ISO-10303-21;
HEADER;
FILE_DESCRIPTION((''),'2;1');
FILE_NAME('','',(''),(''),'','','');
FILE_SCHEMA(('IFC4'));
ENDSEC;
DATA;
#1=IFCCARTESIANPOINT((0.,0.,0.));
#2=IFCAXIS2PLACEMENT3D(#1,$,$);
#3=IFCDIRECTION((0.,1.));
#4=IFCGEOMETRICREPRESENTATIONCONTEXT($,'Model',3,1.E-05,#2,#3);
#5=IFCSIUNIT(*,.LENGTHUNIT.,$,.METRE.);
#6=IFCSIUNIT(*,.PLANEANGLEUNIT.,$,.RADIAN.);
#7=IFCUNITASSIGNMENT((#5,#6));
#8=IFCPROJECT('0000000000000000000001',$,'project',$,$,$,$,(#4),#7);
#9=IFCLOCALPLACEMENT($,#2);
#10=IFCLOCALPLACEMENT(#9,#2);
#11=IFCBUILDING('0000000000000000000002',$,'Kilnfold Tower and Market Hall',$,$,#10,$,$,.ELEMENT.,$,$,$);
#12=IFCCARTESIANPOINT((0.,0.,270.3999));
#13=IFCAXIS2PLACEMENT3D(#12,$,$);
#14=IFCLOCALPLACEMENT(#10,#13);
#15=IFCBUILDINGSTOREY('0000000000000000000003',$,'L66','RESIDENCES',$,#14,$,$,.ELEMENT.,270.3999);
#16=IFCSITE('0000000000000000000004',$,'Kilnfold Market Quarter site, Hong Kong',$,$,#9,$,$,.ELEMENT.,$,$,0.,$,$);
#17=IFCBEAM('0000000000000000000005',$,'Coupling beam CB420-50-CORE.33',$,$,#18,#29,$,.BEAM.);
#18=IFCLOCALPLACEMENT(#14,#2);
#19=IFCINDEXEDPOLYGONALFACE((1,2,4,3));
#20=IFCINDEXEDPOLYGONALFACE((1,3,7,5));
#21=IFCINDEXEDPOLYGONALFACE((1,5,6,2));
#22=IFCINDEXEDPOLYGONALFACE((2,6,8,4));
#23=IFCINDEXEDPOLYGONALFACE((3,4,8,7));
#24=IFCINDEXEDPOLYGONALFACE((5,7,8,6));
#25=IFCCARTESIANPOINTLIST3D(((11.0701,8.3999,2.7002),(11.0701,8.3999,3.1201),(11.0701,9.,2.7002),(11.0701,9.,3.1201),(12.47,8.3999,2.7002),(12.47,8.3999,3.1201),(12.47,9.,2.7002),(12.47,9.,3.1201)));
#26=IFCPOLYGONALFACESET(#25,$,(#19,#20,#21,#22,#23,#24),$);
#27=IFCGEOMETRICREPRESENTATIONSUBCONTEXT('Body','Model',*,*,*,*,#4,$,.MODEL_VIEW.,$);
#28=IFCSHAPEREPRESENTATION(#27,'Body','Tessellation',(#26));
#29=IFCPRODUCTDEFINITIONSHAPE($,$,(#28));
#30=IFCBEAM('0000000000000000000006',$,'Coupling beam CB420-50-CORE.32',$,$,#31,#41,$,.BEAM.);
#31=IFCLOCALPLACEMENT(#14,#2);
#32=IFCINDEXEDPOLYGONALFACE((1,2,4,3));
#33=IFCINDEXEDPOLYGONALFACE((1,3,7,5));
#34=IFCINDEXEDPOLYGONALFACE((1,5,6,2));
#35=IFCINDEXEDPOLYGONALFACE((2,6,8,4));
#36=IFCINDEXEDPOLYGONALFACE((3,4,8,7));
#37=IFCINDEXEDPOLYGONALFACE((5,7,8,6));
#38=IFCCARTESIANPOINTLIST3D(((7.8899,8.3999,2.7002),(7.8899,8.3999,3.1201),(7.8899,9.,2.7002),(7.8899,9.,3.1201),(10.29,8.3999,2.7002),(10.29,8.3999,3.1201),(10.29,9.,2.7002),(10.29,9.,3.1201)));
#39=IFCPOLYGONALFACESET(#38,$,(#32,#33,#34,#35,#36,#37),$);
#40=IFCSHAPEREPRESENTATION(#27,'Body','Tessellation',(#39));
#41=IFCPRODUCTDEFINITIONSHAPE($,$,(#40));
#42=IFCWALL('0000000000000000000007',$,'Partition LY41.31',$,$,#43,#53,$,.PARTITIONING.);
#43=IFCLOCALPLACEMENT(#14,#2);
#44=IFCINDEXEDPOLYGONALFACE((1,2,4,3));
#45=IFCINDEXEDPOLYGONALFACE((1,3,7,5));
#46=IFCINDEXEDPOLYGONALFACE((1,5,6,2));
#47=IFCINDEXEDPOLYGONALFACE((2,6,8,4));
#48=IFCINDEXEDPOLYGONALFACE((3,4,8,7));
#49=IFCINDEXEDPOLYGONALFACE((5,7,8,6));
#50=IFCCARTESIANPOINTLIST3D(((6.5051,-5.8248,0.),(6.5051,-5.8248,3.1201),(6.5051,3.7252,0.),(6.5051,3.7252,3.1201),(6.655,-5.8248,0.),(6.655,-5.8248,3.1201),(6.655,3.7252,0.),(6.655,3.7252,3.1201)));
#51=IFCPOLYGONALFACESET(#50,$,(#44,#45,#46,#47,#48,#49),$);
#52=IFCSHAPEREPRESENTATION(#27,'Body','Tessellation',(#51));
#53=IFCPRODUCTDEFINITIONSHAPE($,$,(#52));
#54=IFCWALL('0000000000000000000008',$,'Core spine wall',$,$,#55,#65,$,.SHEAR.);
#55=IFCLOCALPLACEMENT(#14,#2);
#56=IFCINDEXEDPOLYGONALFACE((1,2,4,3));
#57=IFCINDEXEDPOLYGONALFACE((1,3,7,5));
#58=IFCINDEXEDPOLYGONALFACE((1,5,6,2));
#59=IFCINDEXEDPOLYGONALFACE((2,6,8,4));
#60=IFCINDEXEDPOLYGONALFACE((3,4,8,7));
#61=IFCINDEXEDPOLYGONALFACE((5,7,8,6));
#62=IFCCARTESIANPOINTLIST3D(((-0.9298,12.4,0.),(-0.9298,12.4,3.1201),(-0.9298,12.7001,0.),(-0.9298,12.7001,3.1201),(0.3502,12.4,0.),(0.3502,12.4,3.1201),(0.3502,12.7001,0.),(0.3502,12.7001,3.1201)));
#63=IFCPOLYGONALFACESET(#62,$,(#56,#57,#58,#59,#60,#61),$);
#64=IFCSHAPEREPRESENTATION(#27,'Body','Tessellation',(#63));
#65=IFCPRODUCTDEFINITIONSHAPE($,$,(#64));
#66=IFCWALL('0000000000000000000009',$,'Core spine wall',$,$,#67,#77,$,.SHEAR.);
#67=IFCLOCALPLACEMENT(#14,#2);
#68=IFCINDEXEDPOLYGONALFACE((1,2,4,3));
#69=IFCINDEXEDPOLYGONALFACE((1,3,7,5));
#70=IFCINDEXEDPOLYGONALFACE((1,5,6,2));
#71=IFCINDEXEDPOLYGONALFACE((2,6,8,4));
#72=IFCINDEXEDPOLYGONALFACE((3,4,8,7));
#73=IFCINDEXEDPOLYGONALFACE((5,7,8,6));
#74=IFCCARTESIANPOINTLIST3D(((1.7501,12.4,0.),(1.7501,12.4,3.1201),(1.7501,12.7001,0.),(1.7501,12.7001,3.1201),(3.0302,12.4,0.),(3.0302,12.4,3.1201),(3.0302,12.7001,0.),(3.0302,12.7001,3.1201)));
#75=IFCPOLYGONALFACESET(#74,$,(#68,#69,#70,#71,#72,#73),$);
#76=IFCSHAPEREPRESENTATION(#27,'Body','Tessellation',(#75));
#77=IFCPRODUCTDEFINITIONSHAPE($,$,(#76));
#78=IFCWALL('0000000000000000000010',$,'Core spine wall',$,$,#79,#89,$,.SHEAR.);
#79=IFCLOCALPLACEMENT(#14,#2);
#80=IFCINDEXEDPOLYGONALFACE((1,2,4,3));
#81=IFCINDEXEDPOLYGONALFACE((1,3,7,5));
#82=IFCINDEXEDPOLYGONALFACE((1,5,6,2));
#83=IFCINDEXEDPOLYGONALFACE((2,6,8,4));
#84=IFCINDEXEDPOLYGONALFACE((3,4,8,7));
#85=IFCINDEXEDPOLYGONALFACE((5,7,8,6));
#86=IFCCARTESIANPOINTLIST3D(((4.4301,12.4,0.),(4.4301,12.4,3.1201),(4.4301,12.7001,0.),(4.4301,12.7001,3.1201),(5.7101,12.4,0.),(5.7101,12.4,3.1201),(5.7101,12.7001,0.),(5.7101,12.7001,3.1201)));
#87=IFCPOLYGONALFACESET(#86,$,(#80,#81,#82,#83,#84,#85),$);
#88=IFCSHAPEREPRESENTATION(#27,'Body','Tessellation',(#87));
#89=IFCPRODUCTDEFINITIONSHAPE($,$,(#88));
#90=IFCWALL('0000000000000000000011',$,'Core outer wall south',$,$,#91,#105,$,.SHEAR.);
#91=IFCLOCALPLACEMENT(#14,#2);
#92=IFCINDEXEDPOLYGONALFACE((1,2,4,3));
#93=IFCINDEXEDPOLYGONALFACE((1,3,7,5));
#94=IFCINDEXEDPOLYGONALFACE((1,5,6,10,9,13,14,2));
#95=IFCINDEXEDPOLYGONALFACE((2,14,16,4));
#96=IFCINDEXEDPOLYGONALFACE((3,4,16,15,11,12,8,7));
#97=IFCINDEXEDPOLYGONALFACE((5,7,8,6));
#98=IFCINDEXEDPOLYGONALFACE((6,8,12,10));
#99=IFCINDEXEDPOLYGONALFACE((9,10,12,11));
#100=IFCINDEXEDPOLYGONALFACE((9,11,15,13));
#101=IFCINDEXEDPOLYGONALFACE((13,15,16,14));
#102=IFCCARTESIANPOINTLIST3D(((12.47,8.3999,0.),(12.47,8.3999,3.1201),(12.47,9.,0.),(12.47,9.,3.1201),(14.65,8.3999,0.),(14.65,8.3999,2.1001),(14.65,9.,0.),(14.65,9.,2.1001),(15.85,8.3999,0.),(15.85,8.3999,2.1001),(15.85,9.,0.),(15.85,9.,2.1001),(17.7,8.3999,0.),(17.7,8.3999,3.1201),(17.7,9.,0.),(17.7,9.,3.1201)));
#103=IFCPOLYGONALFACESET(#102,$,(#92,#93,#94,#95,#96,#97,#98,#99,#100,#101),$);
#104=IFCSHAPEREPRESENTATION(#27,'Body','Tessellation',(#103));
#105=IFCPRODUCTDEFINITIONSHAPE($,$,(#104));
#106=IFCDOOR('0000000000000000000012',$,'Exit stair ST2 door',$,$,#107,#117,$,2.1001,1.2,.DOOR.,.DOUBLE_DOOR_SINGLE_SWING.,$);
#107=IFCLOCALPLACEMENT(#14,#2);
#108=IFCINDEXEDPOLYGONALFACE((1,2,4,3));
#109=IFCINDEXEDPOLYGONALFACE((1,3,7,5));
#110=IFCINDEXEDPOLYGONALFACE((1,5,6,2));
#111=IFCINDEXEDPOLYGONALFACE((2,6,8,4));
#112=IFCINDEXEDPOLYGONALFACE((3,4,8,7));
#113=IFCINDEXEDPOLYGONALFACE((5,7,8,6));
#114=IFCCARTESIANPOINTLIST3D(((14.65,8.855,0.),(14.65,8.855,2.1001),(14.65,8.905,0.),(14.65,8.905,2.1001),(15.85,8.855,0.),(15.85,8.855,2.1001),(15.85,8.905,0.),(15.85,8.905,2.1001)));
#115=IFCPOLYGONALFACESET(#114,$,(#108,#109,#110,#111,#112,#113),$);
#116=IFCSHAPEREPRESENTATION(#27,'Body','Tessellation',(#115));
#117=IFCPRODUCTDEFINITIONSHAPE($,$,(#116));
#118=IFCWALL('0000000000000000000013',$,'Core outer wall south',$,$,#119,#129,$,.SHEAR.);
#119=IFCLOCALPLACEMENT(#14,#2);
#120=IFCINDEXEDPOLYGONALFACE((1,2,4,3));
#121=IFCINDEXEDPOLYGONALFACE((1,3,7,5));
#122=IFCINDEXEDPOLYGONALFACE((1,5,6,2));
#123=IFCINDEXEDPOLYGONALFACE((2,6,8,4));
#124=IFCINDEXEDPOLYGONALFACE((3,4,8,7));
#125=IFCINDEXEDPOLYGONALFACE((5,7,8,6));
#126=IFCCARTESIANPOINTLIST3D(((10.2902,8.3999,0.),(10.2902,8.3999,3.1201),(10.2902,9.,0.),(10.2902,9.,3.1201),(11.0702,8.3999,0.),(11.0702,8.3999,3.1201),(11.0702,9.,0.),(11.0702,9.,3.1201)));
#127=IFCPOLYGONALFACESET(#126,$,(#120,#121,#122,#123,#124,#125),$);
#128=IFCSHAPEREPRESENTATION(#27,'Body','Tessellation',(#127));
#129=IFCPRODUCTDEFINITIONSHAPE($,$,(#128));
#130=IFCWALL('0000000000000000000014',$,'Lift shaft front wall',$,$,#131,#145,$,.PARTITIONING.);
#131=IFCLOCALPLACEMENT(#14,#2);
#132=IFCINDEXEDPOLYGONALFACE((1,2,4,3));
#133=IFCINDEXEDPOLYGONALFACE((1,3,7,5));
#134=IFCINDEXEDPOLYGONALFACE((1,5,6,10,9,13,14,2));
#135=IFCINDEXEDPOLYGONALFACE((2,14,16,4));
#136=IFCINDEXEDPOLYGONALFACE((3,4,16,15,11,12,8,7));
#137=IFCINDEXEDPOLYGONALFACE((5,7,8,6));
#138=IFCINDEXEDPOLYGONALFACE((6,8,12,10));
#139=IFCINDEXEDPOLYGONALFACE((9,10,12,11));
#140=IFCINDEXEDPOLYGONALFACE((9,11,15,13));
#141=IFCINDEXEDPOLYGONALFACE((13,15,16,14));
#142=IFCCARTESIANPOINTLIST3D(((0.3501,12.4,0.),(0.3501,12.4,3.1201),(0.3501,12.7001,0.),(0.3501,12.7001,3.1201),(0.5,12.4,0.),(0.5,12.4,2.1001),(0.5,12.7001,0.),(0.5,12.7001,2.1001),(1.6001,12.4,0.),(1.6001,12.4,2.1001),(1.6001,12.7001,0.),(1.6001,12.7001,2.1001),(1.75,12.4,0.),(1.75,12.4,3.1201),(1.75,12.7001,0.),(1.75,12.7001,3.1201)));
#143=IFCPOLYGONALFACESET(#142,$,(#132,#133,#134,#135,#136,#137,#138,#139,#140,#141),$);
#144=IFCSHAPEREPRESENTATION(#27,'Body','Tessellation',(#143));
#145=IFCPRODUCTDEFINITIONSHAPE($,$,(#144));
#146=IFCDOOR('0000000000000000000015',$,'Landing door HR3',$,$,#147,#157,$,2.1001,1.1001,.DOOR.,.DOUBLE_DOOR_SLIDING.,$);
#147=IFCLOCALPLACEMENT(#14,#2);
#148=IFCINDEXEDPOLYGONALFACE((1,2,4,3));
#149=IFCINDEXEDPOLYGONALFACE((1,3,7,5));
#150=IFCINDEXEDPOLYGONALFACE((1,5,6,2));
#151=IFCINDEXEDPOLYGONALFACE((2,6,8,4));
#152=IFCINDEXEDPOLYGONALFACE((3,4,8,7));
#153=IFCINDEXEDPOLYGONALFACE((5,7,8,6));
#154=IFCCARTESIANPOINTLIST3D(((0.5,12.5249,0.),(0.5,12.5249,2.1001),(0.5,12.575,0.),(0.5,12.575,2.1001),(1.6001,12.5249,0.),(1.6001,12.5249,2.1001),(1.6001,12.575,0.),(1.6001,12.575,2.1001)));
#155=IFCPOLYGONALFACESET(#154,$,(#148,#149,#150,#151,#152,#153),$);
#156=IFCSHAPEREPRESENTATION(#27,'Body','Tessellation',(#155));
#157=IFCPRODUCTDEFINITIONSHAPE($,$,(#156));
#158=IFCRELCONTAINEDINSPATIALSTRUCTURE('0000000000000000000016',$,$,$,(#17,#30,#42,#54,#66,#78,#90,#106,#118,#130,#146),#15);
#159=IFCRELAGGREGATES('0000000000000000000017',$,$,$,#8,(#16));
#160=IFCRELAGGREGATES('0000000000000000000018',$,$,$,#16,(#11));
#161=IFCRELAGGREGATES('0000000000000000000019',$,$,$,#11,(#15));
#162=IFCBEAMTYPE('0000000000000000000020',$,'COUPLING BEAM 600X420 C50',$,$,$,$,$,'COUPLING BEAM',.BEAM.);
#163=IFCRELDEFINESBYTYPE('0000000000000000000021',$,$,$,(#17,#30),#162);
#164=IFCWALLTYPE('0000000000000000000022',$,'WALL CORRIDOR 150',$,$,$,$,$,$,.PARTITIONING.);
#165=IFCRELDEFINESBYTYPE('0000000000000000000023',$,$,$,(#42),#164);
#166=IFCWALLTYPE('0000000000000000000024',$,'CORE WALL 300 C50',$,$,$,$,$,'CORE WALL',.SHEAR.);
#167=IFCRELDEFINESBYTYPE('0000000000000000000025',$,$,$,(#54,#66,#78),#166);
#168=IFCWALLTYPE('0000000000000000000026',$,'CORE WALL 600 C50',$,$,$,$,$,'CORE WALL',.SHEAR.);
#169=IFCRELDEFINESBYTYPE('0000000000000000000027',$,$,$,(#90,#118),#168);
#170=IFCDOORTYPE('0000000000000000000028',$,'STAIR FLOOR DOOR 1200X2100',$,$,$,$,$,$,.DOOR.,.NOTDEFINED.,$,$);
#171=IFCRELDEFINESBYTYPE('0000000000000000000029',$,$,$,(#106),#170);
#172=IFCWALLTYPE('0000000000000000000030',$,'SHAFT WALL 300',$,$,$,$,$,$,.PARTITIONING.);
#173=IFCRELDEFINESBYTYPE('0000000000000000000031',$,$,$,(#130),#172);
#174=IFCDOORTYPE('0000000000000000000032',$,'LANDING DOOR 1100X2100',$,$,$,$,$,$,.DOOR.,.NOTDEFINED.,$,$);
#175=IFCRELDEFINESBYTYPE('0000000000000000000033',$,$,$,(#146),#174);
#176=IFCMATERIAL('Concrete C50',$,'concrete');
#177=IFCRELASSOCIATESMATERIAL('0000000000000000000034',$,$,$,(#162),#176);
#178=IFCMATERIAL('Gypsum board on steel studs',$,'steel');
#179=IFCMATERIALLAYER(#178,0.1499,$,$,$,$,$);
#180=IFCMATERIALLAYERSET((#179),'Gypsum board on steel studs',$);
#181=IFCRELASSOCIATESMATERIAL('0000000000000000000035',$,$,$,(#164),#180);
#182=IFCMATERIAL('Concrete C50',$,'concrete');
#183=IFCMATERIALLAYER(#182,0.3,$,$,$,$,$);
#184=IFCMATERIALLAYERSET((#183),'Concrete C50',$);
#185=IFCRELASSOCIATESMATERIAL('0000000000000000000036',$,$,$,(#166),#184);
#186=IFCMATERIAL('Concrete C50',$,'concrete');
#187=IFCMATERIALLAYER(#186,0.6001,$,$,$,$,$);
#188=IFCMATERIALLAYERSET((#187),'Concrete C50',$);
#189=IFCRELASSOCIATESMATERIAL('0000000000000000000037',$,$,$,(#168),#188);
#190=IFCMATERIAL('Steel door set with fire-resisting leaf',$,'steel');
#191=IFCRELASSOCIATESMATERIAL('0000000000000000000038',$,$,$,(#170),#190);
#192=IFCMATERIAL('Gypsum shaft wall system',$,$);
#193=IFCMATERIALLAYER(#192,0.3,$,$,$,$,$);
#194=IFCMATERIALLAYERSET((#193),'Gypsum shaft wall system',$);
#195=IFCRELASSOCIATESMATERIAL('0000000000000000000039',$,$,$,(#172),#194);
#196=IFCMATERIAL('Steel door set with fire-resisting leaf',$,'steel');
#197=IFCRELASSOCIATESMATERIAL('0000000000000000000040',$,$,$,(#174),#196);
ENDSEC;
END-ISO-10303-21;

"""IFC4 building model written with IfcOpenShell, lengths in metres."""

from ifc_helpers import new_model, si_unit, direction, frame, frame_2d, origin, origin_2d, place, context, subcontext, project, spatial, rectangle, extrude, source, transform, mapped, material, layer, layer_set, material_profile, profile_set, type_object, element, fill, save


model = new_model("IFC4")

# Units and contexts
model_context = context("Model", 3, precision=1e-05, world=origin(), true_north=direction((0.0, 1.0)))
body_context = subcontext(model_context, "Body", "Model", "MODEL_VIEW")
ifc_project = project(units=[si_unit("LENGTHUNIT", "METRE"), si_unit("PLANEANGLEUNIT", "RADIAN")], contexts=[model_context])

# Site, building, storey
site_placement = place(None, origin())
site = spatial("IfcSite", under=ifc_project, at=site_placement, Name="Kilnfold Market Quarter site, Hong Kong", CompositionType="ELEMENT", RefElevation=0.0)
building_placement = place(site_placement, origin())
building = spatial("IfcBuilding", under=site, at=building_placement, Name="Kilnfold Tower and Market Hall", CompositionType="ELEMENT")
storey_placement = place(building_placement, frame((0.0, 0.0, 270.3999)))
storey = spatial("IfcBuildingStorey", under=building, at=storey_placement, Name="L66", Description="RESIDENCES", CompositionType="ELEMENT", Elevation=270.3999)

# Beams
ifc_material_1 = material(Name="Concrete C50", Category="concrete")
ifc_material_profile = material_profile(ifc_material_1, rectangle(XDim=0.6001, YDim=0.4199, at=origin_2d()), Name="RC 600x420")
ifc_profile_set = profile_set([ifc_material_profile], Name="Concrete C50")
beam_type = type_object("IfcBeamType", Name="COUPLING BEAM 600X420 C50", ElementType="COUPLING BEAM", PredefinedType="BEAM", material=ifc_profile_set)
shared_shape_1 = source(origin(), body_context, "Body", "SweptSolid", [
    extrude(rectangle(XDim=0.6001, YDim=0.4199, at=origin_2d()), origin(), (0.0, 0.0, 1.0), 1.3999),
])
beam_1_placement = place(storey_placement, frame((11.0701, 8.7, 2.9102), z_axis=(1.0, 0.0, 0.0), x_axis=(0.0, 1.0, 0.0)))
element("IfcBeam", 1, at=beam_1_placement, inside=storey, type_object=beam_type, Name="Coupling beam CB420-50-CORE.33", PredefinedType="BEAM", context=body_context, shape_type="MappedRepresentation", body=[
    mapped(shared_shape_1, transform((0.0, 0.0, 0.0))),
])
shared_shape_2 = source(origin(), body_context, "Body", "SweptSolid", [
    extrude(rectangle(XDim=0.6001, YDim=0.4199, at=origin_2d()), origin(), (0.0, 0.0, 1.0), 2.4001),
])
beam_2_placement = place(storey_placement, frame((7.8899, 8.7, 2.9102), z_axis=(1.0, 0.0, 0.0), x_axis=(0.0, 1.0, 0.0)))
element("IfcBeam", 2, at=beam_2_placement, inside=storey, type_object=beam_type, Name="Coupling beam CB420-50-CORE.32", PredefinedType="BEAM", context=body_context, shape_type="MappedRepresentation", body=[
    mapped(shared_shape_2, transform((0.0, 0.0, 0.0))),
])

# Walls
ifc_material_2 = material(Name="Gypsum board on steel studs", Category="steel")
ifc_layer_1 = layer(ifc_material_2, 0.1499)
ifc_layer_set_1 = layer_set([ifc_layer_1], Name="Gypsum board on steel studs")
wall_type_1 = type_object("IfcWallType", Name="WALL CORRIDOR 150", PredefinedType="PARTITIONING", material=ifc_layer_set_1)
wall_1_placement = place(storey_placement, frame((6.5801, 3.7251, 0.0), z_axis=(0.0, 0.0, 1.0), x_axis=(0.0, -1.0, 0.0)))
element("IfcWall", 3, at=wall_1_placement, inside=storey, type_object=wall_type_1, Name="Partition LY41.31", PredefinedType="PARTITIONING", context=body_context, shape_type="SweptSolid", body=[
    extrude(rectangle(XDim=9.55, YDim=0.1499, at=frame_2d((4.7749, 0.0))), origin(), (0.0, 0.0, 1.0), 3.1201),
])
ifc_material_3 = material(Name="Concrete C50", Category="concrete")
ifc_layer_2 = layer(ifc_material_3, 0.3)
ifc_layer_set_2 = layer_set([ifc_layer_2], Name="Concrete C50")
wall_type_2 = type_object("IfcWallType", Name="CORE WALL 300 C50", ElementType="CORE WALL", PredefinedType="SHEAR", material=ifc_layer_set_2)
shared_shape_3 = source(origin(), body_context, "Body", "SweptSolid", [
    extrude(rectangle(XDim=1.28, YDim=0.3, at=frame_2d((0.6401, 0.0))), origin(), (0.0, 0.0, 1.0), 3.1201),
])
for number, where, z_axis, x_axis, name in (
    (4, (-0.9299, 12.55, 0.0), (0.0, 0.0, 1.0), (1.0, 0.0, 0.0), "Core spine wall"),
    (5, (1.75, 12.55, 0.0), (0.0, 0.0, 1.0), (1.0, 0.0, 0.0), "Core spine wall"),
    (6, (4.4299, 12.55, 0.0), (0.0, 0.0, 1.0), (1.0, 0.0, 0.0), "Core spine wall"),
):
    element("IfcWall", number, at=place(storey_placement, frame(where, z_axis=z_axis, x_axis=x_axis)), inside=storey, type_object=wall_type_2, Name=name, PredefinedType="SHEAR", context=body_context, shape_type="MappedRepresentation", body=[
        mapped(shared_shape_3, transform((0.0, 0.0, 0.0))),
    ])

# Wall, opening, door
ifc_material_4 = material(Name="Concrete C50", Category="concrete")
ifc_layer_3 = layer(ifc_material_4, 0.6001)
ifc_layer_set_3 = layer_set([ifc_layer_3], Name="Concrete C50")
wall_type_3 = type_object("IfcWallType", Name="CORE WALL 600 C50", ElementType="CORE WALL", PredefinedType="SHEAR", material=ifc_layer_set_3)
shared_shape_4 = source(origin(), body_context, "Body", "SweptSolid", [
    extrude(rectangle(XDim=5.23, YDim=0.6001, at=frame_2d((2.615, 0.0))), origin(), (0.0, 0.0, 1.0), 3.1201),
])
wall_2_placement = place(storey_placement, frame((12.47, 8.7, 0.0), z_axis=(0.0, 0.0, 1.0), x_axis=(1.0, 0.0, 0.0)))
wall_2 = element("IfcWall", 7, at=wall_2_placement, inside=storey, type_object=wall_type_3, Name="Core outer wall south", PredefinedType="SHEAR", context=body_context, shape_type="MappedRepresentation", body=[
    mapped(shared_shape_4, transform((0.0, 0.0, 0.0))),
])
opening_1_placement = place(wall_2_placement, frame((2.1799, 0.0, 0.0)))
opening_1 = element("IfcOpeningElement", 8, at=opening_1_placement, cuts=wall_2, PredefinedType="OPENING", context=body_context, shape_type="SweptSolid", body=[
    extrude(rectangle(XDim=1.2, YDim=2.1001, at=frame_2d((0.6001, 1.05))), frame((0.0, 0.3101, 0.0), z_axis=(0.0, -1.0, 0.0), x_axis=(1.0, 0.0, 0.0)), (0.0, 0.0, 1.0), 0.6201),
])
ifc_material_5 = material(Name="Steel door set with fire-resisting leaf", Category="steel")
door_type_1 = type_object("IfcDoorType", Name="STAIR FLOOR DOOR 1200X2100", OperationType="NOTDEFINED", PredefinedType="DOOR", material=ifc_material_5)
door_1_placement = place(opening_1_placement, origin())
door_1 = element("IfcDoor", 9, at=door_1_placement, inside=storey, type_object=door_type_1, Name="Exit stair ST2 door", OperationType="DOUBLE_DOOR_SINGLE_SWING", OverallHeight=2.1001, OverallWidth=1.2, PredefinedType="DOOR", context=body_context, shape_type="SweptSolid", body=[
    extrude(rectangle(XDim=1.2, YDim=2.1001, at=frame_2d((0.6001, 1.05))), frame((0.0, 0.2051, 0.0), z_axis=(0.0, -1.0, 0.0), x_axis=(1.0, 0.0, 0.0)), (0.0, 0.0, 1.0), 0.05),
])
fill(opening_1, door_1)

# Wall
shared_shape_5 = source(origin(), body_context, "Body", "SweptSolid", [
    extrude(rectangle(XDim=0.78, YDim=0.6001, at=frame_2d((0.3901, 0.0))), origin(), (0.0, 0.0, 1.0), 3.1201),
])
wall_3_placement = place(storey_placement, frame((10.29, 8.7, 0.0), z_axis=(0.0, 0.0, 1.0), x_axis=(1.0, 0.0, 0.0)))
element("IfcWall", 10, at=wall_3_placement, inside=storey, type_object=wall_type_3, Name="Core outer wall south", PredefinedType="SHEAR", context=body_context, shape_type="MappedRepresentation", body=[
    mapped(shared_shape_5, transform((0.0, 0.0, 0.0))),
])

# Wall, opening, door
ifc_material_6 = material(Name="Gypsum shaft wall system")
ifc_layer_4 = layer(ifc_material_6, 0.3)
ifc_layer_set_4 = layer_set([ifc_layer_4], Name="Gypsum shaft wall system")
wall_type_4 = type_object("IfcWallType", Name="SHAFT WALL 300", PredefinedType="PARTITIONING", material=ifc_layer_set_4)
shared_shape_6 = source(origin(), body_context, "Body", "SweptSolid", [
    extrude(rectangle(XDim=1.3999, YDim=0.3, at=frame_2d((0.7, 0.0))), origin(), (0.0, 0.0, 1.0), 3.1201),
])
wall_4_placement = place(storey_placement, frame((0.3501, 12.55, 0.0), z_axis=(0.0, 0.0, 1.0), x_axis=(1.0, 0.0, 0.0)))
wall_4 = element("IfcWall", 11, at=wall_4_placement, inside=storey, type_object=wall_type_4, Name="Lift shaft front wall", PredefinedType="PARTITIONING", context=body_context, shape_type="MappedRepresentation", body=[
    mapped(shared_shape_6, transform((0.0, 0.0, 0.0))),
])
opening_2_placement = place(wall_4_placement, frame((0.1499, 0.0, 0.0)))
opening_2 = element("IfcOpeningElement", 12, at=opening_2_placement, cuts=wall_4, PredefinedType="OPENING", context=body_context, shape_type="SweptSolid", body=[
    extrude(rectangle(XDim=1.1001, YDim=2.1001, at=frame_2d((0.55, 1.05))), frame((0.0, 0.1602, 0.0), z_axis=(0.0, -1.0, 0.0), x_axis=(1.0, 0.0, 0.0)), (0.0, 0.0, 1.0), 0.3201),
])
ifc_material_7 = material(Name="Steel door set with fire-resisting leaf", Category="steel")
door_type_2 = type_object("IfcDoorType", Name="LANDING DOOR 1100X2100", OperationType="NOTDEFINED", PredefinedType="DOOR", material=ifc_material_7)
door_2_placement = place(opening_2_placement, origin())
door_2 = element("IfcDoor", 13, at=door_2_placement, inside=storey, type_object=door_type_2, Name="Landing door HR3", OperationType="DOUBLE_DOOR_SLIDING", OverallHeight=2.1001, OverallWidth=1.1001, PredefinedType="DOOR", context=body_context, shape_type="SweptSolid", body=[
    extrude(rectangle(XDim=1.1001, YDim=2.1001, at=frame_2d((0.55, 1.05))), frame((0.0, 0.0249, 0.0), z_axis=(0.0, -1.0, 0.0), x_axis=(1.0, 0.0, 0.0)), (0.0, 0.0, 1.0), 0.05),
])
fill(opening_2, door_2)

save(model, "model.ifc")
